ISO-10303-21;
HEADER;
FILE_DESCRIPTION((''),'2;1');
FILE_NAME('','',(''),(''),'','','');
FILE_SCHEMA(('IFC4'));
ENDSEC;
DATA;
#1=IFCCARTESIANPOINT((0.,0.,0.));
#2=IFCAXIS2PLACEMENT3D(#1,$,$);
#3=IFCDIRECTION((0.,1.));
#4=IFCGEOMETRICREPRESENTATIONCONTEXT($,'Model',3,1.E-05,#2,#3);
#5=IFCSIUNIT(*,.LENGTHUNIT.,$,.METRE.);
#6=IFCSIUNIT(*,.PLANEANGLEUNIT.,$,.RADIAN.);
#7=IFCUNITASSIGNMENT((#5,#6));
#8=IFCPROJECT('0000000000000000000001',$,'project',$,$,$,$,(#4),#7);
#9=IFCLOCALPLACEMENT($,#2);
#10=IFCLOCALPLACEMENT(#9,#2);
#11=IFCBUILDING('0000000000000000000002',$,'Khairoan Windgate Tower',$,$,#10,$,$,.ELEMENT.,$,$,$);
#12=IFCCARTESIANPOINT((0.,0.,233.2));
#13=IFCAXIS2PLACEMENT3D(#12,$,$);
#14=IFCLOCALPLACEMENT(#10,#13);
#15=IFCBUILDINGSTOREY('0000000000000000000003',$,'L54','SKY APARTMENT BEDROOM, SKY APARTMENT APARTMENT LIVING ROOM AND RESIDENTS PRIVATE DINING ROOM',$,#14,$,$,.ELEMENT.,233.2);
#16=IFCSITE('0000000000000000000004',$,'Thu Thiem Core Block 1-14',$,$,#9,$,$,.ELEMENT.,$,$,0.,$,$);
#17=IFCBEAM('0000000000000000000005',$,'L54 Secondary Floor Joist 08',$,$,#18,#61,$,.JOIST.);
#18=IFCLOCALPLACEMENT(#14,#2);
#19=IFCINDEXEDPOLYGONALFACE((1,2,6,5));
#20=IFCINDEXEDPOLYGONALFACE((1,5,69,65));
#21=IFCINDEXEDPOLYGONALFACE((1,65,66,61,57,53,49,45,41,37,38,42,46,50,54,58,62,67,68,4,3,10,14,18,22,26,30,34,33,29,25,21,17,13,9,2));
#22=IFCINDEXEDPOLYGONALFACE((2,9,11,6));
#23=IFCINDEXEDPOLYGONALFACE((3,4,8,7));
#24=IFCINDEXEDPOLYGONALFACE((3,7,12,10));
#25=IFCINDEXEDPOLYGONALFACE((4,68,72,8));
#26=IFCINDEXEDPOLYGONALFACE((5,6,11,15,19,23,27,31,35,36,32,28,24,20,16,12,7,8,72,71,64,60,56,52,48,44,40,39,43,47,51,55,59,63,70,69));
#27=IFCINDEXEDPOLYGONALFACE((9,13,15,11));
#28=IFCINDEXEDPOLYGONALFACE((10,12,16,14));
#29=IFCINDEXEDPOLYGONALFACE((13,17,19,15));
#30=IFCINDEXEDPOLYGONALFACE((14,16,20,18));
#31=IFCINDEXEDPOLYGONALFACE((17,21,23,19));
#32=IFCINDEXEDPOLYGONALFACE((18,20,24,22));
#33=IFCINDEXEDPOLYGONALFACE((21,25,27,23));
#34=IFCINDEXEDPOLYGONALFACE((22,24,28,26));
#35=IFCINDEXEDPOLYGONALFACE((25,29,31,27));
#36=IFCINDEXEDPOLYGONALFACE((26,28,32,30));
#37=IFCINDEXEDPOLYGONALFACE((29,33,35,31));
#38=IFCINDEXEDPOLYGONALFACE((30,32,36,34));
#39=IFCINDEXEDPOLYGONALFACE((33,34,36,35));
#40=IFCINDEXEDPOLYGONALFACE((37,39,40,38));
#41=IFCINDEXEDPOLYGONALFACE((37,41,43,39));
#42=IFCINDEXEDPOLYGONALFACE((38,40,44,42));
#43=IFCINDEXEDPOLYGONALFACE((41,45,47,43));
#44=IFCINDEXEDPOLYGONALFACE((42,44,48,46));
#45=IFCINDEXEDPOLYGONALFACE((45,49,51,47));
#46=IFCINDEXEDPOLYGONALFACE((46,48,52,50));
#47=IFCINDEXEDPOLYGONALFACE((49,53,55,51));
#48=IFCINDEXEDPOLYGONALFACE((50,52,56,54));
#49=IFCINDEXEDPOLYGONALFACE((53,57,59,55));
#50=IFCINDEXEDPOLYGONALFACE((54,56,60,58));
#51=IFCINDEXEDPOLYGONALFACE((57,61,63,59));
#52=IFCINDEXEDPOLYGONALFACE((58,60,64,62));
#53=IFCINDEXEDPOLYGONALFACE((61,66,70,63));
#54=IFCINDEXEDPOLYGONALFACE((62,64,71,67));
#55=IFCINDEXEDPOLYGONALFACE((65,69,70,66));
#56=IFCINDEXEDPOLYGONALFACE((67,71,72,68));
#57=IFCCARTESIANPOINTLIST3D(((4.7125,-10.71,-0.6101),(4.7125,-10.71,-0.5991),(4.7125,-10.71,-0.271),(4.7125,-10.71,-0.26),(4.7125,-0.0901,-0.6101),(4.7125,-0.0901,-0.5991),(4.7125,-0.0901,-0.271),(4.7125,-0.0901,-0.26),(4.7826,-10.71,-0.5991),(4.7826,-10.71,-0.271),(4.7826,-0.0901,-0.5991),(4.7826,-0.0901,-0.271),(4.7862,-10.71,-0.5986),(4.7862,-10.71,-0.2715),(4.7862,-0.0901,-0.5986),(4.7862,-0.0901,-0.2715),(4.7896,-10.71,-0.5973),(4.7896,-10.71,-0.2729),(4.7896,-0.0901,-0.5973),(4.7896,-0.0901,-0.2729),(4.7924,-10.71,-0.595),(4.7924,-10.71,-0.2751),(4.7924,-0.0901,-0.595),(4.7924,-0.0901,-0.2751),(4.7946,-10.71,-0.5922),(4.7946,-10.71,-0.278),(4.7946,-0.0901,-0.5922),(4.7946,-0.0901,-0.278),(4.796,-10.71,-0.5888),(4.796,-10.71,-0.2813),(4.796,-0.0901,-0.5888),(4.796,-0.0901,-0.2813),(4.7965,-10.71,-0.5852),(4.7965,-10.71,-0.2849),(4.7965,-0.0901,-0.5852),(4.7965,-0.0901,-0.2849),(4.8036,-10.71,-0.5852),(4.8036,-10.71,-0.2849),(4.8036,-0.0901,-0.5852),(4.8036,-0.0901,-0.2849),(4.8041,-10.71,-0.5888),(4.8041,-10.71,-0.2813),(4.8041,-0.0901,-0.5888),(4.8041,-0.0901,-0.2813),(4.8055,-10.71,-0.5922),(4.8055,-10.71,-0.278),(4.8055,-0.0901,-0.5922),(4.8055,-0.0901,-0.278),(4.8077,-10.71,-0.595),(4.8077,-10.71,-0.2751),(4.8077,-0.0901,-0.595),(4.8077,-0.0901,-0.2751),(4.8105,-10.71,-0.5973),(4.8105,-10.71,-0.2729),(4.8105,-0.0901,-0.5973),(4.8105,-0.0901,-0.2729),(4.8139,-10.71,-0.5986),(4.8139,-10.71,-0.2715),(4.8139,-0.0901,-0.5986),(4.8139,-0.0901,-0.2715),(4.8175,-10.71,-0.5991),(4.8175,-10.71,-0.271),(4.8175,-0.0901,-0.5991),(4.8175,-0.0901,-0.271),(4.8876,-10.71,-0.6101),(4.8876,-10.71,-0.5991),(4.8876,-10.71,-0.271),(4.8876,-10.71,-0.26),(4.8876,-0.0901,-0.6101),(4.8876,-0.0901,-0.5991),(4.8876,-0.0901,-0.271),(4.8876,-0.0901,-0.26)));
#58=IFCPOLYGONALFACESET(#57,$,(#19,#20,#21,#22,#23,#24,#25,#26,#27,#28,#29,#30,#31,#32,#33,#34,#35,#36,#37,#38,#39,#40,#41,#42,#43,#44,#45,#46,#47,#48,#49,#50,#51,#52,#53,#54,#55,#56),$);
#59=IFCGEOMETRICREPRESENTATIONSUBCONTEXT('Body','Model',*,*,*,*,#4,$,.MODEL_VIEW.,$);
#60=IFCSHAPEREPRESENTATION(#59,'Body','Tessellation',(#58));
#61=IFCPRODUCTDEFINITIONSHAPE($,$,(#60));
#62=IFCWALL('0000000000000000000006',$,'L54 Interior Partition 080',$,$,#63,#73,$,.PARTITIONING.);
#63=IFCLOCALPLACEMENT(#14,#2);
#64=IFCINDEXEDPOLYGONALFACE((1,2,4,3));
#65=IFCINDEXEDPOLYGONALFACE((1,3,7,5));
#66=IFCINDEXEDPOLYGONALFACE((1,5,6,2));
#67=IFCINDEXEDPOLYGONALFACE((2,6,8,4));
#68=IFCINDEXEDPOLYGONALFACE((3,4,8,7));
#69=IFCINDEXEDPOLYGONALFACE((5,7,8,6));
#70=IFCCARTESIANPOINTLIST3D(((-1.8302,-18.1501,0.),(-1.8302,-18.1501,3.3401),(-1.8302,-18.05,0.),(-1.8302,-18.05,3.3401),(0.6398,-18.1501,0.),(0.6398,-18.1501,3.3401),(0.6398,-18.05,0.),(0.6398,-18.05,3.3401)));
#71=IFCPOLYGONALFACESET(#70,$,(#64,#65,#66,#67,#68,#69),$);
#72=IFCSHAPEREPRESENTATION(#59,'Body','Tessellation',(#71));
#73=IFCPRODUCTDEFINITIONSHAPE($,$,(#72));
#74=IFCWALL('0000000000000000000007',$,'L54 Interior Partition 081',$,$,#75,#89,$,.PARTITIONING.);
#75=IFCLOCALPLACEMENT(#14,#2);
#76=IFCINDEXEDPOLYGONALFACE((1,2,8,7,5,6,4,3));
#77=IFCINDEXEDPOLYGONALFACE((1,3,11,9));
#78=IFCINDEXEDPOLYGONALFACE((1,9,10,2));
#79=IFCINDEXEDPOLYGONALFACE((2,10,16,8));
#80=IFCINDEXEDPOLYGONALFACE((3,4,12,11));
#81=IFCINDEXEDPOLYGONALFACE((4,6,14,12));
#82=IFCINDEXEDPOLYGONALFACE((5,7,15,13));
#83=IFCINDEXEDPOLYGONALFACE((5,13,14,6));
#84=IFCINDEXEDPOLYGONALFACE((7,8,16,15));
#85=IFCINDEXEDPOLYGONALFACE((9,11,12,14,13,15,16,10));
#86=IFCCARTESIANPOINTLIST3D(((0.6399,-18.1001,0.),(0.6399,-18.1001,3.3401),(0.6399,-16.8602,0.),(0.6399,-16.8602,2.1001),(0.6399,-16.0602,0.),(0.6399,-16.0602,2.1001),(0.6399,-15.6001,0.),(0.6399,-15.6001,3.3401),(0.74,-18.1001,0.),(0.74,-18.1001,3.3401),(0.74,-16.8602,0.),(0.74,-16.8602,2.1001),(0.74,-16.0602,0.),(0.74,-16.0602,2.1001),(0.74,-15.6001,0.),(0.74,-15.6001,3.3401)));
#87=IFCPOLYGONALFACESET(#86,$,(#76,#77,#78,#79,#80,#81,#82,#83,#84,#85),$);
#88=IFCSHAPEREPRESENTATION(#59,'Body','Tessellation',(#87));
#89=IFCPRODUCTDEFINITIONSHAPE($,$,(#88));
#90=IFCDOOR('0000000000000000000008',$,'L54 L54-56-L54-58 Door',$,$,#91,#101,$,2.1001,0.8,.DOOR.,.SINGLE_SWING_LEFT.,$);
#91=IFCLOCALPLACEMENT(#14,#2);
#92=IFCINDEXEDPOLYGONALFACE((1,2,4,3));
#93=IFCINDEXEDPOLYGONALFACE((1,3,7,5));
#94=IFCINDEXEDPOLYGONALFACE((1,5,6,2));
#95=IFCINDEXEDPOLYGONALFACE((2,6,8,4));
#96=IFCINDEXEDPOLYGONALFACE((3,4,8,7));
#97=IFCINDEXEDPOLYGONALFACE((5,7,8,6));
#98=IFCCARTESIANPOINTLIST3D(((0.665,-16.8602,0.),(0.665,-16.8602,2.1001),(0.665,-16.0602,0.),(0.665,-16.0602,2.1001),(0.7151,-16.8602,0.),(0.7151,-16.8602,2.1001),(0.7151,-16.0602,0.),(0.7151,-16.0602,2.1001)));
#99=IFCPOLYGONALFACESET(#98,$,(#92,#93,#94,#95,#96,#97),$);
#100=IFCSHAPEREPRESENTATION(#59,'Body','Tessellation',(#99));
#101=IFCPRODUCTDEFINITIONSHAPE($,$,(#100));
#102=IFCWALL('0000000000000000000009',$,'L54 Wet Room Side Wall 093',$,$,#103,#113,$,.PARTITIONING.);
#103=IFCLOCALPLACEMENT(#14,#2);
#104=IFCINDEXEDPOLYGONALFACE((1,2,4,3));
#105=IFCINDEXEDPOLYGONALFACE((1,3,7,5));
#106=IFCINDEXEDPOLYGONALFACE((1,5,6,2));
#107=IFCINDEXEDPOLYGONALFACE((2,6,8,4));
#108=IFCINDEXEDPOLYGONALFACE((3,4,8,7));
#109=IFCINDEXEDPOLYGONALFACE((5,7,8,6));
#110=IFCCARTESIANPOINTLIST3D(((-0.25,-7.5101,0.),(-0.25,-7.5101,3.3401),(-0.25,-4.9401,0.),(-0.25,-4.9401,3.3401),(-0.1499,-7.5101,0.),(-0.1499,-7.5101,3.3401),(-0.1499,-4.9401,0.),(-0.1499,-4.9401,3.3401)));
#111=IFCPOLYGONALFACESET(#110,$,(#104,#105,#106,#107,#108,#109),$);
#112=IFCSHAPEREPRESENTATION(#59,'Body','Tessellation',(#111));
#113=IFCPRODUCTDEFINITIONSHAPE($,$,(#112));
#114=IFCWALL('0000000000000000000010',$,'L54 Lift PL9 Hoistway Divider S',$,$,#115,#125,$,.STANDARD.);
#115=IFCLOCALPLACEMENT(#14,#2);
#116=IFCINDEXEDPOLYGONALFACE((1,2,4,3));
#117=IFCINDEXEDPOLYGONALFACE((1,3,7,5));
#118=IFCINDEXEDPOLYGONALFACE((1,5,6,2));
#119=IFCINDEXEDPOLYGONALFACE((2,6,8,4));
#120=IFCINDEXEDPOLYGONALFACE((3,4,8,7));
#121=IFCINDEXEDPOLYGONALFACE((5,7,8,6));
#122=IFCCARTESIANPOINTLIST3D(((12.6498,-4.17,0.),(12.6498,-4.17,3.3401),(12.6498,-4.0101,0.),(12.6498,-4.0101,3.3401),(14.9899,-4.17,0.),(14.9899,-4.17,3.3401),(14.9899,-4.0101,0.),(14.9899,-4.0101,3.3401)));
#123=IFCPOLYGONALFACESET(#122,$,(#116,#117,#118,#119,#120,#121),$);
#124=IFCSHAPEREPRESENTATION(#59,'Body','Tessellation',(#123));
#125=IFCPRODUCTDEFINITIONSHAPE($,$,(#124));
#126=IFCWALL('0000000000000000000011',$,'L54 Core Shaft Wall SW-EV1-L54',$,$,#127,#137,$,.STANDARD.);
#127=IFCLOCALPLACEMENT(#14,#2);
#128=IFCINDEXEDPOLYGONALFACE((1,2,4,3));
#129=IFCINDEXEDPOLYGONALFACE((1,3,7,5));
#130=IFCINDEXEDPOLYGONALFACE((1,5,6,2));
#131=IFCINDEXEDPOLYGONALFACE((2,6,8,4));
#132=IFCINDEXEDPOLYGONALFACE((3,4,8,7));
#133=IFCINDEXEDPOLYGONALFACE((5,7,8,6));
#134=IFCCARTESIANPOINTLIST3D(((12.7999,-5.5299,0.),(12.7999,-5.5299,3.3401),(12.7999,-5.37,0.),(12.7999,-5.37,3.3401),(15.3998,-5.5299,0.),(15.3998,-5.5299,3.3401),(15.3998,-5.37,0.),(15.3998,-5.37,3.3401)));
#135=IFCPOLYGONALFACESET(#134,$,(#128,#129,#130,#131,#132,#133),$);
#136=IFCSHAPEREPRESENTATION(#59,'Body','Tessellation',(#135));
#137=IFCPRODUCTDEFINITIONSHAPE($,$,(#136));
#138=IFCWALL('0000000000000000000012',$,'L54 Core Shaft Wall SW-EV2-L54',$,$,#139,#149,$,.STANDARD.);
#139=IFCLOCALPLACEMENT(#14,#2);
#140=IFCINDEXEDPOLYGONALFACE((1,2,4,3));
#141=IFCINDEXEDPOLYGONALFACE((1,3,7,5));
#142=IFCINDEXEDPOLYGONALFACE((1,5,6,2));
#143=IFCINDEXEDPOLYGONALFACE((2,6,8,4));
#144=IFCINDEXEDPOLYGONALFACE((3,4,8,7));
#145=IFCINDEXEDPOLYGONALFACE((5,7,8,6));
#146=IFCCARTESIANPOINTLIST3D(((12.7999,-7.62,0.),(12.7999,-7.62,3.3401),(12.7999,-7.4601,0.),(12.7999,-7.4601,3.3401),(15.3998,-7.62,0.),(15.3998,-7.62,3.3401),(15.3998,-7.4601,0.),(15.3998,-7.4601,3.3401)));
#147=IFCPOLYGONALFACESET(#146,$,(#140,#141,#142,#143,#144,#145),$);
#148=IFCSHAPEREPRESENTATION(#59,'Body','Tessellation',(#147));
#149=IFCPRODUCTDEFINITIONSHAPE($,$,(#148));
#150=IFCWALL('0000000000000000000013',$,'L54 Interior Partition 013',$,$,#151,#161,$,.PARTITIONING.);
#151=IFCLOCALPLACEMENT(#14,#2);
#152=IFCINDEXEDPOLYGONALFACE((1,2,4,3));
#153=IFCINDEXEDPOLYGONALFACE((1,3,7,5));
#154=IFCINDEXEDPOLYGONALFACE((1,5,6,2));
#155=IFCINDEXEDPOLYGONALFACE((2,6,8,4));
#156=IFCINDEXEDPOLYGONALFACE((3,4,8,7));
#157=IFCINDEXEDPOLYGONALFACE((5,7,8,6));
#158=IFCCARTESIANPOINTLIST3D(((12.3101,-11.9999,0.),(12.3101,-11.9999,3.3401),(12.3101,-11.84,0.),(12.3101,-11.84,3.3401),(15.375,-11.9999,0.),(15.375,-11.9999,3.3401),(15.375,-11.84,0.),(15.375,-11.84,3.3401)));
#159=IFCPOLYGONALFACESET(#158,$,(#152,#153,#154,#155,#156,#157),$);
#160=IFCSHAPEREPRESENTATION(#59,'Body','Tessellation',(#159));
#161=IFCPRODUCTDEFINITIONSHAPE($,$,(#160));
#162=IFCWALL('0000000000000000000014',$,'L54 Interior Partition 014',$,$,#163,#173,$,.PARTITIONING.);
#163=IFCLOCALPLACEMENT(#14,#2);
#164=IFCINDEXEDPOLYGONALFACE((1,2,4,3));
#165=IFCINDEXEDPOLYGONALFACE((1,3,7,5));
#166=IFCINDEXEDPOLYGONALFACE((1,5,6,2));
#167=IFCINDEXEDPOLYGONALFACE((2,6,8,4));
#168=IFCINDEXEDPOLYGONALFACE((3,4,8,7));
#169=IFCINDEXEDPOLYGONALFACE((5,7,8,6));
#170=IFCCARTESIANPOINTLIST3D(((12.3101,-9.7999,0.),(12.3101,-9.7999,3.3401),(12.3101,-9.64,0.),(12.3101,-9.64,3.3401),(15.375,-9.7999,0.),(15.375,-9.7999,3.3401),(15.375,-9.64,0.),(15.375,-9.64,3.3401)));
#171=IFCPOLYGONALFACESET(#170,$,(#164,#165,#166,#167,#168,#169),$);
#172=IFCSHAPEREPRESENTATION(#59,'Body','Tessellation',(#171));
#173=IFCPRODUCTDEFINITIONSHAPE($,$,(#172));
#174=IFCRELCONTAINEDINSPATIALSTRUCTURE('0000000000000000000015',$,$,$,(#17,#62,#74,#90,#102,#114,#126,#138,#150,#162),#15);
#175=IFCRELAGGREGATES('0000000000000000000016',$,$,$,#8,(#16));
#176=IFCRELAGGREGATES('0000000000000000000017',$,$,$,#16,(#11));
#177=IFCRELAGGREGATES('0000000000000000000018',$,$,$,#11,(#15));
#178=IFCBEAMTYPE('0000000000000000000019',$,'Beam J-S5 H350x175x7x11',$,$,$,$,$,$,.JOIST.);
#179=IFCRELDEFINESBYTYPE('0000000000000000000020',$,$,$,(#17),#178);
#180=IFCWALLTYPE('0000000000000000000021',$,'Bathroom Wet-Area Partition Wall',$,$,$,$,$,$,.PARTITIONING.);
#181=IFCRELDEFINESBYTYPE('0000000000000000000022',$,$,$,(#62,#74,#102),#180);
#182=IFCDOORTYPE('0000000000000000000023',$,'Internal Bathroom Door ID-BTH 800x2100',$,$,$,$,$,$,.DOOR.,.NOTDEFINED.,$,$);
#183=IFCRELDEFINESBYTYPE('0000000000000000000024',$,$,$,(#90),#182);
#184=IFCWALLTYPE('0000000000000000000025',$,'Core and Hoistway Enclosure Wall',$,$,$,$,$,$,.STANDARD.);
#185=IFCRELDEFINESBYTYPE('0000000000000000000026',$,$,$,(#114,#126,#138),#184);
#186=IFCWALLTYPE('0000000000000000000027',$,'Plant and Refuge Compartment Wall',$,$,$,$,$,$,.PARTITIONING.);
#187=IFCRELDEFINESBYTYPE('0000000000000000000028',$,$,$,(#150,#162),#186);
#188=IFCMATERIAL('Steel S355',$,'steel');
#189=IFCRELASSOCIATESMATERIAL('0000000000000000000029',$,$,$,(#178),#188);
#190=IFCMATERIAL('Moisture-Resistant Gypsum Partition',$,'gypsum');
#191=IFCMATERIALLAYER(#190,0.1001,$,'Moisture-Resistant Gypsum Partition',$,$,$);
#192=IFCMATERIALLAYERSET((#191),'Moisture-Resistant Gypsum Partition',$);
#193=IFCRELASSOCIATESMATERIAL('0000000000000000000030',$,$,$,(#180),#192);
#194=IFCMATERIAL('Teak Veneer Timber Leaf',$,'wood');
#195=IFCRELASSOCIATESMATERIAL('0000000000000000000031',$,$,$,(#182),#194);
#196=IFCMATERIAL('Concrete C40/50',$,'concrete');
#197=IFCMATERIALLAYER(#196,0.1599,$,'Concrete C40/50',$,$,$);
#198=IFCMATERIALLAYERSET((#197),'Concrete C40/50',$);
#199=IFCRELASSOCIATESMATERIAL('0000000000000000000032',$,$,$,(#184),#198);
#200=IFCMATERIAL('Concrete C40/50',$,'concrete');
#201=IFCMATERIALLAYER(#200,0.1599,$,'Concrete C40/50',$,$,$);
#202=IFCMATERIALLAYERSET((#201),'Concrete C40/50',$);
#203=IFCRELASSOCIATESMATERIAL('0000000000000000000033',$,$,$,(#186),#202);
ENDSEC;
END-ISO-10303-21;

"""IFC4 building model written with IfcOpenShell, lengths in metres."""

from ifc_helpers import new_model, si_unit, direction, frame, frame_2d, origin, origin_2d, place, context, subcontext, project, spatial, rectangle, i_section, extrude, material, layer, layer_set, material_profile, profile_set, type_object, element, fill, save


model = new_model("IFC4")

# Units and contexts
model_context = context("Model", 3, precision=1e-05, world=origin(), true_north=direction((0.0, 1.0)))
body_context = subcontext(model_context, "Body", "Model", "MODEL_VIEW")
ifc_project = project(units=[si_unit("LENGTHUNIT", "METRE"), si_unit("PLANEANGLEUNIT", "RADIAN")], contexts=[model_context])

# Site, building, storey
site_placement = place(None, origin())
site = spatial("IfcSite", under=ifc_project, at=site_placement, Name="Thu Thiem Core Block 1-14", CompositionType="ELEMENT", RefElevation=0.0)
building_placement = place(site_placement, origin())
building = spatial("IfcBuilding", under=site, at=building_placement, Name="Khairoan Windgate Tower", CompositionType="ELEMENT")
storey_placement = place(building_placement, frame((0.0, 0.0, 233.2)))
storey = spatial("IfcBuildingStorey", under=building, at=storey_placement, Name="L54", Description="SKY APARTMENT BEDROOM, SKY APARTMENT APARTMENT LIVING ROOM AND RESIDENTS PRIVATE DINING ROOM", CompositionType="ELEMENT", Elevation=233.2)

# Beam
ifc_material_1 = material(Name="Steel S355", Category="steel")
ifc_material_profile_1 = material_profile(ifc_material_1, i_section(OverallWidth=0.175, OverallDepth=0.3501, WebThickness=0.0071, FlangeThickness=0.011, FilletRadius=0.0139, at=origin_2d()))
ifc_profile_set_1 = profile_set([ifc_material_profile_1], Name="Steel S355")
beam_type_1 = type_object("IfcBeamType", Name="Beam J-S5 H350x175x7x11", PredefinedType="JOIST", material=ifc_profile_set_1)
beam_1_placement = place(storey_placement, frame((4.8, -10.71, -0.4351), z_axis=(0.0, 1.0, 0.0), x_axis=(-1.0, 0.0, 0.0)))
element("IfcBeam", 1, at=beam_1_placement, inside=storey, type_object=beam_type_1, Name="L54 Secondary Floor Joist 08", PredefinedType="JOIST", context=body_context, shape_type="SweptSolid", body=[
    extrude(i_section(OverallWidth=0.175, OverallDepth=0.3501, WebThickness=0.0071, FlangeThickness=0.011, FilletRadius=0.0139, at=origin_2d()), origin(), (0.0, 0.0, 1.0), 10.6199),
])

# Wall
ifc_material_2 = material(Name="Moisture-Resistant Gypsum Partition", Category="gypsum")
ifc_layer_1 = layer(ifc_material_2, 0.1001, Name="Moisture-Resistant Gypsum Partition")
ifc_layer_set_1 = layer_set([ifc_layer_1], Name="Moisture-Resistant Gypsum Partition")
wall_type_1 = type_object("IfcWallType", Name="Bathroom Wet-Area Partition Wall", PredefinedType="PARTITIONING", material=ifc_layer_set_1)
wall_1_placement = place(storey_placement, frame((-1.8301, -18.1001, 0.0), z_axis=(0.0, 0.0, 1.0), x_axis=(1.0, 0.0, 0.0)))
element("IfcWall", 2, at=wall_1_placement, inside=storey, type_object=wall_type_1, Name="L54 Interior Partition 080", PredefinedType="PARTITIONING", context=body_context, shape_type="SweptSolid", body=[
    extrude(rectangle(XDim=2.47, YDim=0.1001, at=frame_2d((1.2349, 0.0))), origin(), (0.0, 0.0, 1.0), 3.3401),
])

# Wall, opening, door
wall_2_placement = place(storey_placement, frame((0.6899, -18.1001, 0.0), z_axis=(0.0, 0.0, 1.0), x_axis=(0.0, 1.0, 0.0)))
wall_2 = element("IfcWall", 3, at=wall_2_placement, inside=storey, type_object=wall_type_1, Name="L54 Interior Partition 081", PredefinedType="PARTITIONING", context=body_context, shape_type="SweptSolid", body=[
    extrude(rectangle(XDim=2.5, YDim=0.1001, at=frame_2d((1.25, 0.0))), origin(), (0.0, 0.0, 1.0), 3.3401),
])
opening_1_placement = place(wall_2_placement, frame((1.24, 0.0, 0.0)))
opening_1 = element("IfcOpeningElement", 4, at=opening_1_placement, cuts=wall_2, PredefinedType="OPENING", context=body_context, shape_type="SweptSolid", body=[
    extrude(rectangle(XDim=0.8, YDim=2.1001, at=frame_2d((0.3999, 1.05))), frame((0.0, 0.0601, 0.0), z_axis=(0.0, -1.0, 0.0), x_axis=(1.0, 0.0, 0.0)), (0.0, 0.0, 1.0), 0.1201),
])
ifc_material_3 = material(Name="Teak Veneer Timber Leaf", Category="wood")
door_type_1 = type_object("IfcDoorType", Name="Internal Bathroom Door ID-BTH 800x2100", OperationType="NOTDEFINED", PredefinedType="DOOR", material=ifc_material_3)
door_1_placement = place(opening_1_placement, origin())
door_1 = element("IfcDoor", 5, at=door_1_placement, inside=storey, type_object=door_type_1, Name="L54 L54-56-L54-58 Door", OperationType="SINGLE_SWING_LEFT", OverallHeight=2.1001, OverallWidth=0.8, PredefinedType="DOOR", context=body_context, shape_type="SweptSolid", body=[
    extrude(rectangle(XDim=0.8, YDim=2.1001, at=frame_2d((0.3999, 1.05))), frame((0.0, 0.0249, 0.0), z_axis=(0.0, -1.0, 0.0), x_axis=(1.0, 0.0, 0.0)), (0.0, 0.0, 1.0), 0.05),
])
fill(opening_1, door_1)

# Walls
wall_3_placement = place(storey_placement, frame((-0.2, -4.9399, 0.0), z_axis=(0.0, 0.0, 1.0), x_axis=(0.0, -1.0, 0.0)))
element("IfcWall", 6, at=wall_3_placement, inside=storey, type_object=wall_type_1, Name="L54 Wet Room Side Wall 093", PredefinedType="PARTITIONING", context=body_context, shape_type="SweptSolid", body=[
    extrude(rectangle(XDim=2.5701, YDim=0.1001, at=frame_2d((1.2852, 0.0))), origin(), (0.0, 0.0, 1.0), 3.3401),
])
ifc_material_4 = material(Name="Concrete C40/50", Category="concrete")
ifc_layer_2 = layer(ifc_material_4, 0.1599, Name="Concrete C40/50")
ifc_layer_set_2 = layer_set([ifc_layer_2], Name="Concrete C40/50")
wall_type_2 = type_object("IfcWallType", Name="Core and Hoistway Enclosure Wall", PredefinedType="STANDARD", material=ifc_layer_set_2)
wall_4_placement = place(storey_placement, frame((12.6499, -4.0901, 0.0), z_axis=(0.0, 0.0, 1.0), x_axis=(1.0, 0.0, 0.0)))
element("IfcWall", 7, at=wall_4_placement, inside=storey, type_object=wall_type_2, Name="L54 Lift PL9 Hoistway Divider S", PredefinedType="STANDARD", context=body_context, shape_type="SweptSolid", body=[
    extrude(rectangle(XDim=2.3401, YDim=0.1599, at=frame_2d((1.1699, 0.0))), origin(), (0.0, 0.0, 1.0), 3.3401),
])
for number, where, z_axis, x_axis, name in (
    (8, (12.8, -5.45, 0.0), (0.0, 0.0, 1.0), (1.0, 0.0, 0.0), "L54 Core Shaft Wall SW-EV1-L54"),
    (9, (12.8, -7.54, 0.0), (0.0, 0.0, 1.0), (1.0, 0.0, 0.0), "L54 Core Shaft Wall SW-EV2-L54"),
):
    element("IfcWall", number, at=place(storey_placement, frame(where, z_axis=z_axis, x_axis=x_axis)), inside=storey, type_object=wall_type_2, Name=name, PredefinedType="STANDARD", context=body_context, shape_type="SweptSolid", body=[
        extrude(rectangle(XDim=2.5999, YDim=0.1599, at=frame_2d((1.2998, 0.0))), origin(), (0.0, 0.0, 1.0), 3.3401),
    ])
ifc_material_5 = material(Name="Concrete C40/50", Category="concrete")
ifc_layer_3 = layer(ifc_material_5, 0.1599, Name="Concrete C40/50")
ifc_layer_set_3 = layer_set([ifc_layer_3], Name="Concrete C40/50")
wall_type_3 = type_object("IfcWallType", Name="Plant and Refuge Compartment Wall", PredefinedType="PARTITIONING", material=ifc_layer_set_3)
for number, where, z_axis, x_axis, name in (
    (10, (12.3101, -11.9199, 0.0), (0.0, 0.0, 1.0), (1.0, 0.0, 0.0), "L54 Interior Partition 013"),
    (11, (12.3101, -9.72, 0.0), (0.0, 0.0, 1.0), (1.0, 0.0, 0.0), "L54 Interior Partition 014"),
):
    element("IfcWall", number, at=place(storey_placement, frame(where, z_axis=z_axis, x_axis=x_axis)), inside=storey, type_object=wall_type_3, Name=name, PredefinedType="PARTITIONING", context=body_context, shape_type="SweptSolid", body=[
        extrude(rectangle(XDim=3.0649, YDim=0.1599, at=frame_2d((1.5325, 0.0))), origin(), (0.0, 0.0, 1.0), 3.3401),
    ])

save(model, "model.ifc")
